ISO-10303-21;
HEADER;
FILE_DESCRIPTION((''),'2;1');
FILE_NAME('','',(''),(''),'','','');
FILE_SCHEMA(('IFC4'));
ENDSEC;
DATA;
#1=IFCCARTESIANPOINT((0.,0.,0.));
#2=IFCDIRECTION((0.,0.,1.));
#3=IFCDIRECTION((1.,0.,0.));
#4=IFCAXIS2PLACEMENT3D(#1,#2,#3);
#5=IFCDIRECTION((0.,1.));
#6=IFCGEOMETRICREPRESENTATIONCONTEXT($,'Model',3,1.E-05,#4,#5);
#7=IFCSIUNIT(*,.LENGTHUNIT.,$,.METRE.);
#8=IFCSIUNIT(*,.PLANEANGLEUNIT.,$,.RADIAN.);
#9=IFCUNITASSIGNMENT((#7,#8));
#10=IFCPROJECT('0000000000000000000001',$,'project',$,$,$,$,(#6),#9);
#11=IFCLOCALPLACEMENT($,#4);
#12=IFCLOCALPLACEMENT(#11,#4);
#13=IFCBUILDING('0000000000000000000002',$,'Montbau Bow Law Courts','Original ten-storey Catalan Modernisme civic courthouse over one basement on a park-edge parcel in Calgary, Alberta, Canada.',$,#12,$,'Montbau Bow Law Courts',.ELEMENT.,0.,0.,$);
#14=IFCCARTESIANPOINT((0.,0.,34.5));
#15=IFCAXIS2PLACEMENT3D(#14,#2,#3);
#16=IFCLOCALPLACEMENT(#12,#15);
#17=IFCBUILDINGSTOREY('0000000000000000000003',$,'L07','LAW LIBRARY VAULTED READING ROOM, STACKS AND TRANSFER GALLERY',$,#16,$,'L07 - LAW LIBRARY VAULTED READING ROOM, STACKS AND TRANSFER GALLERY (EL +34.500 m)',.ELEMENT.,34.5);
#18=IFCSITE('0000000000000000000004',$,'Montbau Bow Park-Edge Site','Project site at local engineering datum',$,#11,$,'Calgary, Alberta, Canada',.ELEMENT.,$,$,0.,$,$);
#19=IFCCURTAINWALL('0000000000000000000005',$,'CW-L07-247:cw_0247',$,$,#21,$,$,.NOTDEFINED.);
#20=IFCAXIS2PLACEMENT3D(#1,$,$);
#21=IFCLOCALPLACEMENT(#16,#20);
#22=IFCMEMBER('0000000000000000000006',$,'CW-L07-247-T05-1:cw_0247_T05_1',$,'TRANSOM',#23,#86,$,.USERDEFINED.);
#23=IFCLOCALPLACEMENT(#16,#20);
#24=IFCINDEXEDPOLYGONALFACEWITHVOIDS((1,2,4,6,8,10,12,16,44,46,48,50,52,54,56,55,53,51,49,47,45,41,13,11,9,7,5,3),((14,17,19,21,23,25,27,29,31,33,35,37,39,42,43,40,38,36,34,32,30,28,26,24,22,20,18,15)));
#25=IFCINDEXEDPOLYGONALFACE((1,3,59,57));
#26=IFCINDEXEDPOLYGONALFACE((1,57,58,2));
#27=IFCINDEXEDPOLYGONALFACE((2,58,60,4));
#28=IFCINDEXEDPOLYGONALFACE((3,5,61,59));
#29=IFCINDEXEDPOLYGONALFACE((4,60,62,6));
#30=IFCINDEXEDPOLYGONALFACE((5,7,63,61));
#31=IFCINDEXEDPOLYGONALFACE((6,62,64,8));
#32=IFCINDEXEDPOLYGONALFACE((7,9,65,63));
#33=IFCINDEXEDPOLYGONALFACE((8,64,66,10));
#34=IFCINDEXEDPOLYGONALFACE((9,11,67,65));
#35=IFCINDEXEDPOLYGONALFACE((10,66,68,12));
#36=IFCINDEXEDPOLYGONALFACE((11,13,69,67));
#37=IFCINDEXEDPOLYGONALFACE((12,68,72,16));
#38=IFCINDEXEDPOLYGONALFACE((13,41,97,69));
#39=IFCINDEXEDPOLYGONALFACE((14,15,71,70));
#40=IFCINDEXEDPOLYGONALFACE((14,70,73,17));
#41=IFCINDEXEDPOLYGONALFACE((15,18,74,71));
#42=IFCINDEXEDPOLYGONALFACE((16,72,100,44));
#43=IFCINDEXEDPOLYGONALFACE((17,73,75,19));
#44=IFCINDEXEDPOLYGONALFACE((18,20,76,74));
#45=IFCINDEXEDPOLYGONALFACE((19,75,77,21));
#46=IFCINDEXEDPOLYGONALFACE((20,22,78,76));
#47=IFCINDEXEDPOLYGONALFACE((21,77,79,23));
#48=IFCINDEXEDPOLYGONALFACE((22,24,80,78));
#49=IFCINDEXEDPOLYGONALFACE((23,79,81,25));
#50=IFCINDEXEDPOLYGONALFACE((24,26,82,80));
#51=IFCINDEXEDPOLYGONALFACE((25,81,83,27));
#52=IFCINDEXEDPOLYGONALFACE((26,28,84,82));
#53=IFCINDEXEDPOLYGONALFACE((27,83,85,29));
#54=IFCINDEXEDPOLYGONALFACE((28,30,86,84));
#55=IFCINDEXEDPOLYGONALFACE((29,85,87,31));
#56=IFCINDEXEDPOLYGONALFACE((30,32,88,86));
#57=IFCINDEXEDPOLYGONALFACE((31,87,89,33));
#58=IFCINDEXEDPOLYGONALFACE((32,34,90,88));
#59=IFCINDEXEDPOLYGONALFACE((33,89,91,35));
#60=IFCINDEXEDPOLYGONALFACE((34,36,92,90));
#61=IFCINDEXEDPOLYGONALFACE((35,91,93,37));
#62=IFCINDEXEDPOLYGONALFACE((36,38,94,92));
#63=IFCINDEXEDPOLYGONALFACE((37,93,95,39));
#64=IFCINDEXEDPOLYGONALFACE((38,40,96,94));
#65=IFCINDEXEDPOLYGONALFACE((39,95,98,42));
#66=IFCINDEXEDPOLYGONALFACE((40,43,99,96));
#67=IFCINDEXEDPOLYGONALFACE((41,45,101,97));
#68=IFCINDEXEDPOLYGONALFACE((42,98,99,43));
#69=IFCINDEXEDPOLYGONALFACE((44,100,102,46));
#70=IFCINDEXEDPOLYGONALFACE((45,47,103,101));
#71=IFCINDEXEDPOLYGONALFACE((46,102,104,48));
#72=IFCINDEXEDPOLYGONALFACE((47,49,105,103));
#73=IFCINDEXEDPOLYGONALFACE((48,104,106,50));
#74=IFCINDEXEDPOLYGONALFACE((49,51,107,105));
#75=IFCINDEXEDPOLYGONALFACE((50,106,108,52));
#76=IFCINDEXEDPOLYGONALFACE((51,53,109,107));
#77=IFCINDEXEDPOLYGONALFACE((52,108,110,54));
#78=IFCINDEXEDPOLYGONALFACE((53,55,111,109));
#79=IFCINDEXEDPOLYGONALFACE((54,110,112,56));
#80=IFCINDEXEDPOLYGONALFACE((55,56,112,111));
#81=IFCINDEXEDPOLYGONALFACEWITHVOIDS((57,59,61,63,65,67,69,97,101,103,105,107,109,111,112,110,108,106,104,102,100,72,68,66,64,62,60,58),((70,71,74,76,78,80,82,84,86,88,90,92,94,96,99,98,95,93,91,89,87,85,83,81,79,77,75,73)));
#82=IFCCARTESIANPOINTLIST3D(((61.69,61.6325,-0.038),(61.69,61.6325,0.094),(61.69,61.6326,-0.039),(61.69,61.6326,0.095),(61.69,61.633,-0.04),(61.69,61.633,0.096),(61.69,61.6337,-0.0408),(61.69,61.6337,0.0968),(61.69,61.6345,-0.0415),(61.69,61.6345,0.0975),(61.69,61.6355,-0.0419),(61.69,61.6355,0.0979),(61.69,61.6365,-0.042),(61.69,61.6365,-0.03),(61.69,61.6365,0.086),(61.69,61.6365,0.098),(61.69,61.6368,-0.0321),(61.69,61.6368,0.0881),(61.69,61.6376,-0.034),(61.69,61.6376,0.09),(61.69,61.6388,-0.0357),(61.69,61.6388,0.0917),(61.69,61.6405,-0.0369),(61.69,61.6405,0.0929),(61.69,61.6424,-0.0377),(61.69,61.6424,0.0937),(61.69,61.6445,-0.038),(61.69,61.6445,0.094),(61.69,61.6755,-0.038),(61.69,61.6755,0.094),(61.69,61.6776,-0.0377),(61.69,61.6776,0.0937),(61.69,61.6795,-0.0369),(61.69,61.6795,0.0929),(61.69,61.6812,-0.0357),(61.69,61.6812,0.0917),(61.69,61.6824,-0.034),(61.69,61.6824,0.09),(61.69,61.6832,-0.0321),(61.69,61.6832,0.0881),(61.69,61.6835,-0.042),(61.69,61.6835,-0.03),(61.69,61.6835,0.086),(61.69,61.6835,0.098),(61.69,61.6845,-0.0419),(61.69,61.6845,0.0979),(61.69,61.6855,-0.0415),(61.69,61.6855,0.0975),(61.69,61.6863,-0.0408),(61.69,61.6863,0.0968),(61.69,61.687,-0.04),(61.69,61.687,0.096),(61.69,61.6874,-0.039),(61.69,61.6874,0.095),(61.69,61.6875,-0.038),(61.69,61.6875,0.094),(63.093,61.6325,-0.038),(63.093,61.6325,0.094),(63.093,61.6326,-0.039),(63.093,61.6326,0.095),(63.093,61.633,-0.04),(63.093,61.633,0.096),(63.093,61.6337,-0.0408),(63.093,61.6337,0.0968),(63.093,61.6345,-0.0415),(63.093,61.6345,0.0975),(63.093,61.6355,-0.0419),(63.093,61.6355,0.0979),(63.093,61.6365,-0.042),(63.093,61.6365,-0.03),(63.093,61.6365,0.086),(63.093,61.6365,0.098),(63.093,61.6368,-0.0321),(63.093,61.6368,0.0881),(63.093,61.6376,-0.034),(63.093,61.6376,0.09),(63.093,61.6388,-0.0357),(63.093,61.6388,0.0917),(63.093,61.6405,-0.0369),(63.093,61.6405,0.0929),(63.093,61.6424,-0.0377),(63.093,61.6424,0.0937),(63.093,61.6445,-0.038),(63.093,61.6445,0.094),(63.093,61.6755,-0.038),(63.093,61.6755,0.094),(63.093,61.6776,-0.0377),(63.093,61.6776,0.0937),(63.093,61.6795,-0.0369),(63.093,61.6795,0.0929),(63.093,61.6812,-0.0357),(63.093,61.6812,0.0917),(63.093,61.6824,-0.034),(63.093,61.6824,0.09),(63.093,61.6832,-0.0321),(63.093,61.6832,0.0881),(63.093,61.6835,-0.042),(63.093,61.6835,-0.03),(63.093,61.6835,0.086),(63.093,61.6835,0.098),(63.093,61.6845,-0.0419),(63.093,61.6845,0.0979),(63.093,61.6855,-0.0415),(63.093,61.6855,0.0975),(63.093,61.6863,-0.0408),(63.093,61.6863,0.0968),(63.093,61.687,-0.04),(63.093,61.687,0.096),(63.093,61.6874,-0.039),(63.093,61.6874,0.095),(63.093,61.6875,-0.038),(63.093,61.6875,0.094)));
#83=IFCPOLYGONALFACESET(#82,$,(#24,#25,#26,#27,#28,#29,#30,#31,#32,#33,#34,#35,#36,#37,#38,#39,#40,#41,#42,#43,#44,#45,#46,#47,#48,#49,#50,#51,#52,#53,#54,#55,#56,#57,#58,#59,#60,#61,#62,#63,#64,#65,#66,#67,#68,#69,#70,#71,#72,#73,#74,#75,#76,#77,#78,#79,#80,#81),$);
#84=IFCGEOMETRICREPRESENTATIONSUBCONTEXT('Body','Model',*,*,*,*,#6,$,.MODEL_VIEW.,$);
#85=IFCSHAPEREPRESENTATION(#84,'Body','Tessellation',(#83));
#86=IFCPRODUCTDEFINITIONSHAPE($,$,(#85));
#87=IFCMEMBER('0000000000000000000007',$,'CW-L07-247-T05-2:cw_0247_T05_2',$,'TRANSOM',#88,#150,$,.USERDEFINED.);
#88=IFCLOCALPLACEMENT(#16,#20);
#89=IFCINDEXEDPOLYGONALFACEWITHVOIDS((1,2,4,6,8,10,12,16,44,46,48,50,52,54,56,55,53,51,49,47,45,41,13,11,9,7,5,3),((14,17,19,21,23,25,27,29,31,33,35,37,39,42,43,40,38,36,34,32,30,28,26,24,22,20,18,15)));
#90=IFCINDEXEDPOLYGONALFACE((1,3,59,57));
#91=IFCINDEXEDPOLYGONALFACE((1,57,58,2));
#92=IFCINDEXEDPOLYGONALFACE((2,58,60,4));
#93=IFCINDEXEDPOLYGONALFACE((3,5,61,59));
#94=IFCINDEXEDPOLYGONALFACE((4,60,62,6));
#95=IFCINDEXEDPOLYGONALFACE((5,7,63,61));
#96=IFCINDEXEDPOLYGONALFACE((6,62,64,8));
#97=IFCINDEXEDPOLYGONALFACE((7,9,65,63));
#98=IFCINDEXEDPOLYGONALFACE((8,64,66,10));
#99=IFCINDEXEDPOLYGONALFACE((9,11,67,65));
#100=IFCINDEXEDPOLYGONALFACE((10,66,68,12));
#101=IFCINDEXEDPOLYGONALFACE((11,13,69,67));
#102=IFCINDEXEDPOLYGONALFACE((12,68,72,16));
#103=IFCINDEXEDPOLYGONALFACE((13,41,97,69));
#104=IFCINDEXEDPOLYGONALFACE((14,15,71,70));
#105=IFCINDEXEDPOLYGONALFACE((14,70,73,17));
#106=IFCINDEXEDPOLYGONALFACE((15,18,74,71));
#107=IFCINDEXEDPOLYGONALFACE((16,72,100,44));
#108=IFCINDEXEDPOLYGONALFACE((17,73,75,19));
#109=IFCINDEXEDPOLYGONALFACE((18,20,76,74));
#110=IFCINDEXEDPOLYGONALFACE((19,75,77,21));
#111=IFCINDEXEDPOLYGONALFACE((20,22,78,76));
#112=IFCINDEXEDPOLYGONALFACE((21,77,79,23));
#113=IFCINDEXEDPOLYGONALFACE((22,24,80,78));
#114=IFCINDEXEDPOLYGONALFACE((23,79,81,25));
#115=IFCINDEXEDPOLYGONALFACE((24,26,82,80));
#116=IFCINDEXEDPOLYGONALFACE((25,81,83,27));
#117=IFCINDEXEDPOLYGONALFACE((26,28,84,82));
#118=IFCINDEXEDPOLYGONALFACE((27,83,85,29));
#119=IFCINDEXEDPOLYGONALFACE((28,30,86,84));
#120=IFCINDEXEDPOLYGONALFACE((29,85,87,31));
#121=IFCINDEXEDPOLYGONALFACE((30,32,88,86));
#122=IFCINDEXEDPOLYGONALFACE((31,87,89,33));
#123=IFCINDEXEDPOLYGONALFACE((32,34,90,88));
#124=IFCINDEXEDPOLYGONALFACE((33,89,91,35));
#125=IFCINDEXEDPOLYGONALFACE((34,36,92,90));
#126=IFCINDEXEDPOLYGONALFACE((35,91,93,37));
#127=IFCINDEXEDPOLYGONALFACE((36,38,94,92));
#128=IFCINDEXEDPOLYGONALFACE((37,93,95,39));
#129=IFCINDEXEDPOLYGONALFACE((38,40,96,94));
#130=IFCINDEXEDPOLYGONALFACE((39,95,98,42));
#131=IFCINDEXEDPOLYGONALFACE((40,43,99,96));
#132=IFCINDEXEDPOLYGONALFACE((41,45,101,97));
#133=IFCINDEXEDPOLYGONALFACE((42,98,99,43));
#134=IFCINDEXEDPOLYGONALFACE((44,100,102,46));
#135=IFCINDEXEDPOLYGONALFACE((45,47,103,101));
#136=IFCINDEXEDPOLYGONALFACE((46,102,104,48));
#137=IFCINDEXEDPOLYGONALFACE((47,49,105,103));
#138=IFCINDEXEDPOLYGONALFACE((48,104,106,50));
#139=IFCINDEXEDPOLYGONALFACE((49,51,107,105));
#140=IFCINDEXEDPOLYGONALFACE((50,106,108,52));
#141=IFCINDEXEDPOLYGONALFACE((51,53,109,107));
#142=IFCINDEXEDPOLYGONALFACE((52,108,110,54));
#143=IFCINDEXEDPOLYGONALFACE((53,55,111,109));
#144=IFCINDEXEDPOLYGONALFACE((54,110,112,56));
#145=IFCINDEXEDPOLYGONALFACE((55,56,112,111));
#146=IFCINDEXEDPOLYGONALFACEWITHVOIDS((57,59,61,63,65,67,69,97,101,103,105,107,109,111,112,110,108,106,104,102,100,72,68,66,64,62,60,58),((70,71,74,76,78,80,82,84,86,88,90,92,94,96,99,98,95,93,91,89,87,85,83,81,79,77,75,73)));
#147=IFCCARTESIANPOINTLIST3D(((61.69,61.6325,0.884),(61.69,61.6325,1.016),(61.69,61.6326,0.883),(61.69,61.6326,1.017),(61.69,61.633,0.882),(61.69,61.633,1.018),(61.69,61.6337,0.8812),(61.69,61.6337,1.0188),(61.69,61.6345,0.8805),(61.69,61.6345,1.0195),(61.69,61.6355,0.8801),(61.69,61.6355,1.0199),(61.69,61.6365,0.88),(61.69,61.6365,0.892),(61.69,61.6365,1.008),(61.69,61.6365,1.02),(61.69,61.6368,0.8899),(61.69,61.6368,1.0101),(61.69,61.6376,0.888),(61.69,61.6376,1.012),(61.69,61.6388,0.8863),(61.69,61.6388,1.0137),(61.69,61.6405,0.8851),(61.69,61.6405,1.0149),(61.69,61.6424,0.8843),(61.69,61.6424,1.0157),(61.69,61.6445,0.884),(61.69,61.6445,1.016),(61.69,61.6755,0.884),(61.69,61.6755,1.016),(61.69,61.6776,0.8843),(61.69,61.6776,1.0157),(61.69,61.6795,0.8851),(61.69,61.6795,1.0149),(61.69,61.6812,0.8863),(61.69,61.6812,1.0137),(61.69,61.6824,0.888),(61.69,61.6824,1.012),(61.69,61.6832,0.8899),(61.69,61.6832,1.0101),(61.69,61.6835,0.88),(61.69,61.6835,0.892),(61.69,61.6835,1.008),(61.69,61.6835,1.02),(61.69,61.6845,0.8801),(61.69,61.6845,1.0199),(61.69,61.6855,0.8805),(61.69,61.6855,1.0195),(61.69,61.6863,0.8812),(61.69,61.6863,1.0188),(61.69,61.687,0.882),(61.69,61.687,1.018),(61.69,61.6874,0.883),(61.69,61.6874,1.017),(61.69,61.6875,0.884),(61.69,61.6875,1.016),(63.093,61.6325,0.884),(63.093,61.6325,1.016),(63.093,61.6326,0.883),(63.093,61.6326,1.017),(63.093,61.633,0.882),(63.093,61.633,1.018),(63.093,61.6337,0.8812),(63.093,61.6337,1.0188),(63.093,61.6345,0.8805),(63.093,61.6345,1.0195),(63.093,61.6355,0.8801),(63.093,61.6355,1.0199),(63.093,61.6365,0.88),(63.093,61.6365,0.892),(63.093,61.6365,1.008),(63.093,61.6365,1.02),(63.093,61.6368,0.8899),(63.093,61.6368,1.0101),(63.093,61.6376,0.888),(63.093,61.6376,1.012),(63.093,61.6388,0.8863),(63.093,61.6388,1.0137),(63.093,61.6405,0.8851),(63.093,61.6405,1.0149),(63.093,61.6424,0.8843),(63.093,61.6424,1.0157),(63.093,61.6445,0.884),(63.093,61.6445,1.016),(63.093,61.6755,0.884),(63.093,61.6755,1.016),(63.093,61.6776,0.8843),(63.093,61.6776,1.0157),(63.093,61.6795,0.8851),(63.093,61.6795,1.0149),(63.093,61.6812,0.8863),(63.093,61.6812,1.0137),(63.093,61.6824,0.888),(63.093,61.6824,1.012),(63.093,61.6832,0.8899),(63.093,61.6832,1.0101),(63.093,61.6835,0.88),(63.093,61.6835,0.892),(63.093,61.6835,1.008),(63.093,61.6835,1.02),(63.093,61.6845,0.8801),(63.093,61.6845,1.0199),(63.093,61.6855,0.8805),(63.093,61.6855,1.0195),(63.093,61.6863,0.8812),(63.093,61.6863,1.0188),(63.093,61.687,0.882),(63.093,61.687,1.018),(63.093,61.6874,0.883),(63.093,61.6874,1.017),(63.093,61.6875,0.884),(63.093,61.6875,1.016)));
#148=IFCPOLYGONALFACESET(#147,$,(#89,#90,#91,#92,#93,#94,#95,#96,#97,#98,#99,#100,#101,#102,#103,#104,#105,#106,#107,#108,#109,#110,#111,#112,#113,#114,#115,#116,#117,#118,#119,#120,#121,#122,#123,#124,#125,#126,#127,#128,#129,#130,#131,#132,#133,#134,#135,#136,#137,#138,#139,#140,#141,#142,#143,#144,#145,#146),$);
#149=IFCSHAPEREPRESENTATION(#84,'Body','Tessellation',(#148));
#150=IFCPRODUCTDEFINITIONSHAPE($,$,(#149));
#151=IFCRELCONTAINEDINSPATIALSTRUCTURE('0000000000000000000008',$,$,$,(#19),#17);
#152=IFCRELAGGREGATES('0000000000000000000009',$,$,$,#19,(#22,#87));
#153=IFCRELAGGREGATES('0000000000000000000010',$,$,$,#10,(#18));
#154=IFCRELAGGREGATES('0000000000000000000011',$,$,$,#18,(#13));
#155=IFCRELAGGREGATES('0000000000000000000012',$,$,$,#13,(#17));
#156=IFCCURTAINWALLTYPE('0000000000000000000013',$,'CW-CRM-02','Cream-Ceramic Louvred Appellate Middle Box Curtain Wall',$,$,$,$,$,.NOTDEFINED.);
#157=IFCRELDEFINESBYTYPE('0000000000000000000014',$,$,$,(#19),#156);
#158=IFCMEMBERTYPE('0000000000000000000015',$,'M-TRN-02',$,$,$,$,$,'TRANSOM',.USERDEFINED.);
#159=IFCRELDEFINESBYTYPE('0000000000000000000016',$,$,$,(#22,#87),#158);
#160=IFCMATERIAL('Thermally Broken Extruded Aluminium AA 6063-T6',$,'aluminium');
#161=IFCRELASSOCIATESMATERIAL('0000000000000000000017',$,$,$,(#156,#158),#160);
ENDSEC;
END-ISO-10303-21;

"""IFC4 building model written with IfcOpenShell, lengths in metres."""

from ifc_helpers import new_model, si_unit, direction, frame, origin_with_axes, origin_2d_with_axis, place, context, subcontext, project, spatial, hollow_rectangle, extrude, material, material_profile, profile_set, type_object, element, aggregate, save


model = new_model("IFC4")

# Units and contexts
model_context = context("Model", 3, precision=1e-05, world=origin_with_axes(), true_north=direction((0.0, 1.0)))
body_context = subcontext(model_context, "Body", "Model", "MODEL_VIEW")
ifc_project = project(units=[si_unit("LENGTHUNIT", "METRE"), si_unit("PLANEANGLEUNIT", "RADIAN")], contexts=[model_context])

# Site, building, storey
site_placement = place(None, origin_with_axes())
site = spatial("IfcSite", under=ifc_project, at=site_placement, Name="Montbau Bow Park-Edge Site", Description="Project site at local engineering datum", LongName="Calgary, Alberta, Canada", CompositionType="ELEMENT", RefElevation=0.0)
building_placement = place(site_placement, origin_with_axes())
building = spatial("IfcBuilding", under=site, at=building_placement, Name="Montbau Bow Law Courts", Description="Original ten-storey Catalan Modernisme civic courthouse over one basement on a park-edge parcel in Calgary, Alberta, Canada.", LongName="Montbau Bow Law Courts", CompositionType="ELEMENT", ElevationOfRefHeight=0.0, ElevationOfTerrain=0.0)
storey_placement = place(building_placement, frame((0.0, 0.0, 34.5), z_axis=(0.0, 0.0, 1.0), x_axis=(1.0, 0.0, 0.0)))
storey = spatial("IfcBuildingStorey", under=building, at=storey_placement, Name="L07", Description="LAW LIBRARY VAULTED READING ROOM, STACKS AND TRANSFER GALLERY", LongName="L07 - LAW LIBRARY VAULTED READING ROOM, STACKS AND TRANSFER GALLERY (EL +34.500 m)", CompositionType="ELEMENT", Elevation=34.5)

# Curtain wall
ifc_material_1 = material(Name="Thermally Broken Extruded Aluminium AA 6063-T6", Category="aluminium")
curtain_wall_type = type_object("IfcCurtainWallType", Name="CW-CRM-02", Description="Cream-Ceramic Louvred Appellate Middle Box Curtain Wall", PredefinedType="NOTDEFINED", material=ifc_material_1)
curtain_wall_1_placement = place(None, frame((55.64, 61.66, 34.5), z_axis=(0.0, 0.0, 1.0), x_axis=(1.0, 0.0, 0.0)))
curtain_wall_1 = element("IfcCurtainWall", 1, at=curtain_wall_1_placement, inside=storey, type_object=curtain_wall_type, Name="CW-L07-247:cw_0247", PredefinedType="NOTDEFINED")

# Members
ifc_material_profile_1 = material_profile(ifc_material_1, hollow_rectangle(XDim=0.055, YDim=0.14, WallThickness=0.004, InnerFilletRadius=0.008, OuterFilletRadius=0.004, at=origin_2d_with_axis()), Name="CWT-140X55", Category="Main", Priority=0)
ifc_profile_set_1 = profile_set([ifc_material_profile_1], Name="Thermally Broken Extruded Aluminium AA 6063-T6")
member_type_1 = type_object("IfcMemberType", Name="M-TRN-02", ElementType="TRANSOM", PredefinedType="USERDEFINED", material=ifc_profile_set_1)
member_1_placement = place(None, frame((61.69, 61.66, 34.528), z_axis=(1.0, 0.0, 0.0), x_axis=(0.0, 1.0, 0.0)))
member_1 = element("IfcMember", 2, at=member_1_placement, type_object=member_type_1, Name="CW-L07-247-T05-1:cw_0247_T05_1", ObjectType="TRANSOM", PredefinedType="USERDEFINED", context=body_context, shape_type="SweptSolid", body=[
    extrude(hollow_rectangle(XDim=0.055, YDim=0.14, WallThickness=0.004, InnerFilletRadius=0.008, OuterFilletRadius=0.004, at=origin_2d_with_axis()), origin_with_axes(), (0.0, 0.0, 1.0), 1.403),
])
member_2_placement = place(None, frame((61.69, 61.66, 35.45), z_axis=(1.0, 0.0, 0.0), x_axis=(0.0, 1.0, 0.0)))
member_2 = element("IfcMember", 3, at=member_2_placement, type_object=member_type_1, Name="CW-L07-247-T05-2:cw_0247_T05_2", ObjectType="TRANSOM", PredefinedType="USERDEFINED", context=body_context, shape_type="SweptSolid", body=[
    extrude(hollow_rectangle(XDim=0.055, YDim=0.14, WallThickness=0.004, InnerFilletRadius=0.008, OuterFilletRadius=0.004, at=origin_2d_with_axis()), origin_with_axes(), (0.0, 0.0, 1.0), 1.403),
])

aggregate(curtain_wall_1, [member_1, member_2])

save(model, "model.ifc")
